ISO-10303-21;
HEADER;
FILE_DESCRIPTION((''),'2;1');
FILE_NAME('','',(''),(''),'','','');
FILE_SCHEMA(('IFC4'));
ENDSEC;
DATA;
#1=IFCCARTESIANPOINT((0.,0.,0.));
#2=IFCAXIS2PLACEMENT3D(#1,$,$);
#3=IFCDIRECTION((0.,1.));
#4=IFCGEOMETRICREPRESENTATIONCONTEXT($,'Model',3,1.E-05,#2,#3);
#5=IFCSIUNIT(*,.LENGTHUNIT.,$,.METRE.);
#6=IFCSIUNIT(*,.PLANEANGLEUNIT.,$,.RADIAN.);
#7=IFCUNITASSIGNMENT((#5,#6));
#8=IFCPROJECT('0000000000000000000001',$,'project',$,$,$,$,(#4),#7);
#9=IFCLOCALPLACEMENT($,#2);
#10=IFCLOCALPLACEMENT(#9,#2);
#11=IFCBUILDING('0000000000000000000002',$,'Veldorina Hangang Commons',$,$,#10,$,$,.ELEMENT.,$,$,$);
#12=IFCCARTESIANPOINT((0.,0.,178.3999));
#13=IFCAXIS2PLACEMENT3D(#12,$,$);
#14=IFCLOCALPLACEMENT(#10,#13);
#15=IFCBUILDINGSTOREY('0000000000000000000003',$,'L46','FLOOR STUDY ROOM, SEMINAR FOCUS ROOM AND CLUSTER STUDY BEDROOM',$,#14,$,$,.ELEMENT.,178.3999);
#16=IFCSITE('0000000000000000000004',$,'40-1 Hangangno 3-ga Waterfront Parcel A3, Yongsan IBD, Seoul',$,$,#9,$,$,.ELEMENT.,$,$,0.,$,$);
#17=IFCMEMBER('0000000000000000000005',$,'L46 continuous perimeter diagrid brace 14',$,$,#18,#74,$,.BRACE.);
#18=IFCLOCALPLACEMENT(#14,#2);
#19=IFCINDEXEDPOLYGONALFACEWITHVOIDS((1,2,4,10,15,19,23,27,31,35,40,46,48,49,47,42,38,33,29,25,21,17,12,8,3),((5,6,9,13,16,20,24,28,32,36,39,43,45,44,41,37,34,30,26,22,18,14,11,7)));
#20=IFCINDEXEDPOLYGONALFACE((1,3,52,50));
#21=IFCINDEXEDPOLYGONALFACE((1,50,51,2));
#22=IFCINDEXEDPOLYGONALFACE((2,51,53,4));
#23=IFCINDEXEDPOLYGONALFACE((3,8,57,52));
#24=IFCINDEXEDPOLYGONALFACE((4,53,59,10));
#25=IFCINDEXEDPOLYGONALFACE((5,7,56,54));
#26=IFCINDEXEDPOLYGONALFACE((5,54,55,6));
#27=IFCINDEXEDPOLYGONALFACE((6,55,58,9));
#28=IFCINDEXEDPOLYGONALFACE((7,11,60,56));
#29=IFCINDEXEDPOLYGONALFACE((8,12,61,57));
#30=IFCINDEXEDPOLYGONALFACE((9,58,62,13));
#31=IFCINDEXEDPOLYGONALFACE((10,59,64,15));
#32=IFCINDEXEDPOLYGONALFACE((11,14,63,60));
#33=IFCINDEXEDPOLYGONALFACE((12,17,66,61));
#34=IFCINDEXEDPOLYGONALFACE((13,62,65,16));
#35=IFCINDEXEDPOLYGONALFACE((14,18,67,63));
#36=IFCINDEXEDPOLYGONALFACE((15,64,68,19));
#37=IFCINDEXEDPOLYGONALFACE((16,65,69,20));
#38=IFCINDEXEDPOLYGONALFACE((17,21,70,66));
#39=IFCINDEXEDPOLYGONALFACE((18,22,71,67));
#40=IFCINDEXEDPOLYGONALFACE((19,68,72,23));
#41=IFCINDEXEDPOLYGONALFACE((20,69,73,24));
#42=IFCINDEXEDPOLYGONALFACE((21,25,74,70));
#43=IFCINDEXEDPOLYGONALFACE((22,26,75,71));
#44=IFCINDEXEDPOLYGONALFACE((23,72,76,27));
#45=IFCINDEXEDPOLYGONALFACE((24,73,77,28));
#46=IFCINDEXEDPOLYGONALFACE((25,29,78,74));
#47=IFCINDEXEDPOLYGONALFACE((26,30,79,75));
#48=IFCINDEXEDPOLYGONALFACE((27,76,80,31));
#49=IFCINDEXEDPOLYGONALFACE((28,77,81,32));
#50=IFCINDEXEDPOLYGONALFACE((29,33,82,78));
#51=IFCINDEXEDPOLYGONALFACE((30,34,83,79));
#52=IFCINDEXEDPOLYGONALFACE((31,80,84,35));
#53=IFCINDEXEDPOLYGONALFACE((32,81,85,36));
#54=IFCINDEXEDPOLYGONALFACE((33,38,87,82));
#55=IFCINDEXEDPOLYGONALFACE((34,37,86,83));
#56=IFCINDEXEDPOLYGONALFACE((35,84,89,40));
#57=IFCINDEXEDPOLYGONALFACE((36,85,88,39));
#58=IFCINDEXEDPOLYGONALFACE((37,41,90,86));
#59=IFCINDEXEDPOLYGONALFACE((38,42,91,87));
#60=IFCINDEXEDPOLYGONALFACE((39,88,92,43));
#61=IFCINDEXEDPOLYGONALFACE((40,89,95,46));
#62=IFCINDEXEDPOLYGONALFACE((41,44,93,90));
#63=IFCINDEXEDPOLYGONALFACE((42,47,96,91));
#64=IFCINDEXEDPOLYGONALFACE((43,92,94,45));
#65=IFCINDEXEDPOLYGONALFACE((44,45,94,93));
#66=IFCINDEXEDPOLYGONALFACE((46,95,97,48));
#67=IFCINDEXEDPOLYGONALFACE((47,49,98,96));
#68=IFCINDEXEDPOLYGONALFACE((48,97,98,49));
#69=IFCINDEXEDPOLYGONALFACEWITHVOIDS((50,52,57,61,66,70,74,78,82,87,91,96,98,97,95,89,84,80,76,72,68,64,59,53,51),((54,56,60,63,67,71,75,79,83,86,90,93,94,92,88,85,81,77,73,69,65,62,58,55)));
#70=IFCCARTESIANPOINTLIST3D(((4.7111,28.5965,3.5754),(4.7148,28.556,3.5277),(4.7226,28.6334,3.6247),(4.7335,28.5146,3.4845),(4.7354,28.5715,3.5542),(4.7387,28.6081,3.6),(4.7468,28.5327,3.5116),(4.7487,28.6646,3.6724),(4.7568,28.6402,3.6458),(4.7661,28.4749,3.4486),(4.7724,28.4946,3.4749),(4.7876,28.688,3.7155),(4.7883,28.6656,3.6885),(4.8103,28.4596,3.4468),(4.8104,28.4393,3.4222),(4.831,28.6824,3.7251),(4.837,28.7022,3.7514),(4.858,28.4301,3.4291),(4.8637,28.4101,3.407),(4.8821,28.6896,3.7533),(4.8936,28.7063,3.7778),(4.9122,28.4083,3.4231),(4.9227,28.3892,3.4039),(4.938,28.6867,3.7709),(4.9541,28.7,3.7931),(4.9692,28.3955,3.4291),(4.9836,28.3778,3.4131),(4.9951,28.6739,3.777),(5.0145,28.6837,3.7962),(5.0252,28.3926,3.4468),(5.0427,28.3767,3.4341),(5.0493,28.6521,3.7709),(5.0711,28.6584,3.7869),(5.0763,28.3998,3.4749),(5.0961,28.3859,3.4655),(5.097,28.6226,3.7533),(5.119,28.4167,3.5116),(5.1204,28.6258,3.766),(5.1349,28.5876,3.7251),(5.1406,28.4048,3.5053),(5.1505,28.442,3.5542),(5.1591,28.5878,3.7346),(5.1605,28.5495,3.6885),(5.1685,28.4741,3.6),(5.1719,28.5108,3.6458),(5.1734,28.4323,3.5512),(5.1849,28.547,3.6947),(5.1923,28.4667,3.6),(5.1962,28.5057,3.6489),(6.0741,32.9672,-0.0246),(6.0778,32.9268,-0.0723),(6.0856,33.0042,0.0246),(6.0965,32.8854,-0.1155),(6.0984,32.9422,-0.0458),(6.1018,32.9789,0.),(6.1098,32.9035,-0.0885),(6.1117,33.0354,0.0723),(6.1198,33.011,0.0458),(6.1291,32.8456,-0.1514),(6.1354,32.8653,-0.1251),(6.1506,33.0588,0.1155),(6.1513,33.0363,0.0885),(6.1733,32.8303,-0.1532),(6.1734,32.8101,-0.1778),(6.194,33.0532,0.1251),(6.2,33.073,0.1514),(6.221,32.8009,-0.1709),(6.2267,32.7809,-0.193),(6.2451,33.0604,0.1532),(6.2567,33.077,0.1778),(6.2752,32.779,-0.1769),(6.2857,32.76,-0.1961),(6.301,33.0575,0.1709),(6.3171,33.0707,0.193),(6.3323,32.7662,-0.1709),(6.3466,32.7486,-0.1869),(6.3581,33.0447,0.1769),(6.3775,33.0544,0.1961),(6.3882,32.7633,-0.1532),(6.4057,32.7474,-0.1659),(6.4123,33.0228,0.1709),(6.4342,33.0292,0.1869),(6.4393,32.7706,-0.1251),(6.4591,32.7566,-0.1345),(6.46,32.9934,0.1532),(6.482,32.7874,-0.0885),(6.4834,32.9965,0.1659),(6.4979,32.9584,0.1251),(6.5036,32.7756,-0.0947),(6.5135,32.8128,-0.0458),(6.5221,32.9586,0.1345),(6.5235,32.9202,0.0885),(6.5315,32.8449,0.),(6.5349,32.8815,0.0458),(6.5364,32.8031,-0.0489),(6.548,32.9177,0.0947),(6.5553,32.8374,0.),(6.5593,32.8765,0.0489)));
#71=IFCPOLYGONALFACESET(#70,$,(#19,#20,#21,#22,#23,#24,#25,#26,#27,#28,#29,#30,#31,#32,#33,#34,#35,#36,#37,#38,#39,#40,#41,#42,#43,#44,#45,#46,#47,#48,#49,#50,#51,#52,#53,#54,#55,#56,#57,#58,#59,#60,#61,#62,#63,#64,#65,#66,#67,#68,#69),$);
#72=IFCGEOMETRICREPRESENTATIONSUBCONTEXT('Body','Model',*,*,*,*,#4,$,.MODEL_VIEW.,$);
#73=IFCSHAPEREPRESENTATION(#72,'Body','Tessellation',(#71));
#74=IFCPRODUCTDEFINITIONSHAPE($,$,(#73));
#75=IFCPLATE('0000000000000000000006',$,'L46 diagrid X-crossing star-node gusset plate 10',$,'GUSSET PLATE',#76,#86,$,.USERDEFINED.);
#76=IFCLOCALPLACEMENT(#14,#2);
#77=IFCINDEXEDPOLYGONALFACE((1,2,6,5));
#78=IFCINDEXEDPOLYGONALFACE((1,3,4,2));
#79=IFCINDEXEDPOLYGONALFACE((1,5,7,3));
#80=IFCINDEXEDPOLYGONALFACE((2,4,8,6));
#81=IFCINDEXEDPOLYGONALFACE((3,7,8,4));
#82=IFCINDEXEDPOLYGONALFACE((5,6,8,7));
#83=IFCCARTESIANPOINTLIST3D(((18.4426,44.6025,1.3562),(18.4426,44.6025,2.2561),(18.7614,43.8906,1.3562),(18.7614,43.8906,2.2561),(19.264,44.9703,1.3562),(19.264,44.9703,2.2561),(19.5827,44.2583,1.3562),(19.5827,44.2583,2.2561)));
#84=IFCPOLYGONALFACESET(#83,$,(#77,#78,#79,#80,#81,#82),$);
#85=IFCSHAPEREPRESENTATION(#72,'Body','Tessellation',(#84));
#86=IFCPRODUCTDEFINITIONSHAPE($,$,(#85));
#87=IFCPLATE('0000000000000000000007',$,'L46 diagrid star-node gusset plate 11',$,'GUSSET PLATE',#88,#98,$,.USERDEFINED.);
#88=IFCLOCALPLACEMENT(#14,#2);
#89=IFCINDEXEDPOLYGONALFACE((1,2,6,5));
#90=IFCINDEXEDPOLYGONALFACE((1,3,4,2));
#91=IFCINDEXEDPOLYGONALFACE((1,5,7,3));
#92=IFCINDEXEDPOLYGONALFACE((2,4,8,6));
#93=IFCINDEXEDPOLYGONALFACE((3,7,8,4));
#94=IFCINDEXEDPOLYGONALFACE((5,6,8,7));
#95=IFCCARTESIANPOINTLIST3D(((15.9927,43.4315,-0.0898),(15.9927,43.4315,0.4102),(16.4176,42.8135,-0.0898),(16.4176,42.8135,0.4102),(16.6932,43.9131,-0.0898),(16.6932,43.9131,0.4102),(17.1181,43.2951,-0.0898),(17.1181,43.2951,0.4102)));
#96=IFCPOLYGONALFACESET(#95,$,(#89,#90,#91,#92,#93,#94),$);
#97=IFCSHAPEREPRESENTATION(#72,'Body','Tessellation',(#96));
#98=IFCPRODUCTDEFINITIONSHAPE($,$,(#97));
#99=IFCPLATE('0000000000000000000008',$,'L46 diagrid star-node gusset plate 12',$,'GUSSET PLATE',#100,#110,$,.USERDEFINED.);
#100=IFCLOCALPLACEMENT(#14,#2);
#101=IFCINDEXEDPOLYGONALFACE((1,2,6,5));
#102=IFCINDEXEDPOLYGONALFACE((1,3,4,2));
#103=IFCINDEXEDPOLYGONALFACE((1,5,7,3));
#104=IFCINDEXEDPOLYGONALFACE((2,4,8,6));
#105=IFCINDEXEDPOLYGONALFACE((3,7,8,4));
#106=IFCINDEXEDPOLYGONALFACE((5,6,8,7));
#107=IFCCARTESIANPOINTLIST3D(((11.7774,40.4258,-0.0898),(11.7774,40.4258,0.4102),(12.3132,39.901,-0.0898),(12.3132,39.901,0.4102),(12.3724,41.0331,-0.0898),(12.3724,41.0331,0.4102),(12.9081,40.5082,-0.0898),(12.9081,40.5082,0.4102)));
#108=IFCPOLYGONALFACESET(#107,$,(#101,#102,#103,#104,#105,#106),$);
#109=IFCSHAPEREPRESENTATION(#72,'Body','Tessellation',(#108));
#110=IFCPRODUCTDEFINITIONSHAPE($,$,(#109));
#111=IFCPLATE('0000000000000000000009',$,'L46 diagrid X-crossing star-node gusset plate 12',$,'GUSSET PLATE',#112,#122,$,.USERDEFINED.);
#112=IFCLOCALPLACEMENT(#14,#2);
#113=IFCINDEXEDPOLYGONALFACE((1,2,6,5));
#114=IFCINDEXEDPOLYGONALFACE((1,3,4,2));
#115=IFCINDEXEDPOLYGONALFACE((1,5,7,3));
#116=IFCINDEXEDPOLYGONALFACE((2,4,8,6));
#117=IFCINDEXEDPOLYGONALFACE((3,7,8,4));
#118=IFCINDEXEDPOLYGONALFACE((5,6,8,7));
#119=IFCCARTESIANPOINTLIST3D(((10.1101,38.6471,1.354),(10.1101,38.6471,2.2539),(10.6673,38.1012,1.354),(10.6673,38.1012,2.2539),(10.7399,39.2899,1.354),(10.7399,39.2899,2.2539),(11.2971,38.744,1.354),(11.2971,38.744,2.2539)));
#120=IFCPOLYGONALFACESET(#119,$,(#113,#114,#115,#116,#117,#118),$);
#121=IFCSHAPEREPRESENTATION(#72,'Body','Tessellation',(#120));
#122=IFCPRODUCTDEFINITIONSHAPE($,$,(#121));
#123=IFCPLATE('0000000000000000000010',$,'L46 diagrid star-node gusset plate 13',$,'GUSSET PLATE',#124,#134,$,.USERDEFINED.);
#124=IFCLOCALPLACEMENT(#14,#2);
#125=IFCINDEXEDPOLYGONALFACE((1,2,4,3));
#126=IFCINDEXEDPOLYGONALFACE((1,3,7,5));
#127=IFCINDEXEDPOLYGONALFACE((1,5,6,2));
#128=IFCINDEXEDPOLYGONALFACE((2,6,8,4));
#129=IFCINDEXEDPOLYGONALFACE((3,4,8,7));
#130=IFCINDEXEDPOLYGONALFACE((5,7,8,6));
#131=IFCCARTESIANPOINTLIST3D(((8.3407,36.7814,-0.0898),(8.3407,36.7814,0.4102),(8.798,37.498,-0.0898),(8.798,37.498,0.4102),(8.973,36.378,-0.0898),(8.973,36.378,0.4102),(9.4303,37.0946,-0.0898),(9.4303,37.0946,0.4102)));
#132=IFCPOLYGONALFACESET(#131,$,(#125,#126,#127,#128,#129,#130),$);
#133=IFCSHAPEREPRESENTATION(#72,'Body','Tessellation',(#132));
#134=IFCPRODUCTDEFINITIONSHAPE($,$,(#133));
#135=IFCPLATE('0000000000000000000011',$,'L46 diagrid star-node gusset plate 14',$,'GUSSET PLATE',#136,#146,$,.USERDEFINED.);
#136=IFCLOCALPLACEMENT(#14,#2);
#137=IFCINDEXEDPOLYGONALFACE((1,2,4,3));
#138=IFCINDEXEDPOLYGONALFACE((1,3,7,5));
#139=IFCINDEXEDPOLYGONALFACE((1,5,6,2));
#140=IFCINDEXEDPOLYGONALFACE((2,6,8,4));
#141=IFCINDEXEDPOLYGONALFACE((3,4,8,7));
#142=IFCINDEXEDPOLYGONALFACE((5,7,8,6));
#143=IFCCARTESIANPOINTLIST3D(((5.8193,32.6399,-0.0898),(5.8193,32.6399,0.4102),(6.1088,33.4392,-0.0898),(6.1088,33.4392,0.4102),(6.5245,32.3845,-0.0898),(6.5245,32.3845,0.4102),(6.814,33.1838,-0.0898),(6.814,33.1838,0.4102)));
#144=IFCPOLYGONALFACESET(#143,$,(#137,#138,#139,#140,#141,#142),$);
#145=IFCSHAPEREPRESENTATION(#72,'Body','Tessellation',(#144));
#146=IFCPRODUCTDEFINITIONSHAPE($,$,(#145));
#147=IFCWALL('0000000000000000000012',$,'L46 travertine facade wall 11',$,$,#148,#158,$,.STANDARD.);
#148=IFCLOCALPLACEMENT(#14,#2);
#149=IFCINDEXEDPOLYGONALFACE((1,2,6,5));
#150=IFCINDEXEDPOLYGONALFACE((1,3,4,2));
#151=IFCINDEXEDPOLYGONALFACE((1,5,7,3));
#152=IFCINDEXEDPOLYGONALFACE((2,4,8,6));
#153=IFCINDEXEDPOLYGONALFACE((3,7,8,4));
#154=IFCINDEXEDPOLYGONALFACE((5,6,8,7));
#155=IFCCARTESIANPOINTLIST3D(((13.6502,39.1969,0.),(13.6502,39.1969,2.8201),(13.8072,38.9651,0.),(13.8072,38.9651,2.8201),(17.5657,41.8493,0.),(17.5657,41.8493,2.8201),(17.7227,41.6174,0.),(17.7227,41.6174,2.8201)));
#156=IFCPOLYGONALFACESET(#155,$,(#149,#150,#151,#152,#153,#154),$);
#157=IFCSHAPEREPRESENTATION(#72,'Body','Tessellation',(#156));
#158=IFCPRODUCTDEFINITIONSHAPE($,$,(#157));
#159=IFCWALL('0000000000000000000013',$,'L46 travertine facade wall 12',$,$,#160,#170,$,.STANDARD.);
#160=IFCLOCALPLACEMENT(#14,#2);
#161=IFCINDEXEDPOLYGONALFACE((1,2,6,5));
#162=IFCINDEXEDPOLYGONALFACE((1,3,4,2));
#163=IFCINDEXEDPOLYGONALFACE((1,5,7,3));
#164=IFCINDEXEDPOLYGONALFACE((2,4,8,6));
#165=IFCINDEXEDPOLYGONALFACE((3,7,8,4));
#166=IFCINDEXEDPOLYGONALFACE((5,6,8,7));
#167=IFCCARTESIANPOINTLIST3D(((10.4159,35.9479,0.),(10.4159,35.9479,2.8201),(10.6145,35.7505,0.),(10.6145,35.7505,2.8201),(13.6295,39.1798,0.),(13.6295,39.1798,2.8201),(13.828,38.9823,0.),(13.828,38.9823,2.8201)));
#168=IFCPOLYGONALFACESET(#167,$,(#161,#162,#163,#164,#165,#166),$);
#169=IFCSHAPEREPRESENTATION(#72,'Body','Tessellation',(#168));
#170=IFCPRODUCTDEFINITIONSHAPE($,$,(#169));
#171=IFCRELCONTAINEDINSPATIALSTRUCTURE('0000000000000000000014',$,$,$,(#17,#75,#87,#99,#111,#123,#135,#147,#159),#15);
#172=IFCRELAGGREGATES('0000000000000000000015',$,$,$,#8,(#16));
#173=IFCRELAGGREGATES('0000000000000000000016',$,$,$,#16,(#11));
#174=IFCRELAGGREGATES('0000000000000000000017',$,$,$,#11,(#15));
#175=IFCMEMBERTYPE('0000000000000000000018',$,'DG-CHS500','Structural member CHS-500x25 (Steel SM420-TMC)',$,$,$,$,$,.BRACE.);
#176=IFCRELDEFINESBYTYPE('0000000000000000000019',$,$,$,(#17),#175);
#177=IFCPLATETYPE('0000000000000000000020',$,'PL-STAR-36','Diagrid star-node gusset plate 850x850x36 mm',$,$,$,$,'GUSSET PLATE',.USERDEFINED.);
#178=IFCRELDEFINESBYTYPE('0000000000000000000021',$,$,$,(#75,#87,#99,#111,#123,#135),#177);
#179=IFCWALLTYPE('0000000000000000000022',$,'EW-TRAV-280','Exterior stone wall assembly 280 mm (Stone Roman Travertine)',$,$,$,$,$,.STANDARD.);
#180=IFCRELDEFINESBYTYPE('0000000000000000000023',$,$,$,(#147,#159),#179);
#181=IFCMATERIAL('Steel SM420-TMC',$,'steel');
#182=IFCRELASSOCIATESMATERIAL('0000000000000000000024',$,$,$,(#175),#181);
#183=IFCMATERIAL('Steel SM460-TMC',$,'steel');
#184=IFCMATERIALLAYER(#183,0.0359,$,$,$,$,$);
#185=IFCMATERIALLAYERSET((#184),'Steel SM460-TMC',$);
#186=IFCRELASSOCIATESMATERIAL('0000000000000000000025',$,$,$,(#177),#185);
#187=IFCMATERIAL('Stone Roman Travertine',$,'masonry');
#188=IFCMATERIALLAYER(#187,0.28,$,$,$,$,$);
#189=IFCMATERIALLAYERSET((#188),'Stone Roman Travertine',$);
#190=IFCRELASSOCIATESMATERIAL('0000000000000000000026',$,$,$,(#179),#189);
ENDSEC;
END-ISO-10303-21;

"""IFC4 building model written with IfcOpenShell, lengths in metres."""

from ifc_helpers import new_model, si_unit, direction, frame, frame_2d, origin, origin_2d, place, context, subcontext, project, spatial, rectangle, hollow_circle, extrude, material, layer, layer_set, material_profile, profile_set, type_object, element, save


model = new_model("IFC4")

# Units and contexts
model_context = context("Model", 3, precision=1e-05, world=origin(), true_north=direction((0.0, 1.0)))
body_context = subcontext(model_context, "Body", "Model", "MODEL_VIEW")
ifc_project = project(units=[si_unit("LENGTHUNIT", "METRE"), si_unit("PLANEANGLEUNIT", "RADIAN")], contexts=[model_context])

# Site, building, storey
site_placement = place(None, origin())
site = spatial("IfcSite", under=ifc_project, at=site_placement, Name="40-1 Hangangno 3-ga Waterfront Parcel A3, Yongsan IBD, Seoul", CompositionType="ELEMENT", RefElevation=0.0)
building_placement = place(site_placement, origin())
building = spatial("IfcBuilding", under=site, at=building_placement, Name="Veldorina Hangang Commons", CompositionType="ELEMENT")
storey_placement = place(building_placement, frame((0.0, 0.0, 178.3999)))
storey = spatial("IfcBuildingStorey", under=building, at=storey_placement, Name="L46", Description="FLOOR STUDY ROOM, SEMINAR FOCUS ROOM AND CLUSTER STUDY BEDROOM", CompositionType="ELEMENT", Elevation=178.3999)

# Shared definitions
ifc_material_1 = material(Name="Steel SM420-TMC", Category="steel")

# Member
ifc_material_profile_1 = material_profile(ifc_material_1, hollow_circle(Radius=0.25, WallThickness=0.0249, at=origin_2d()), Name="CHS-500x25")
ifc_profile_set_1 = profile_set([ifc_material_profile_1], Name="Steel SM420-TMC")
member_type = type_object("IfcMemberType", Name="DG-CHS500", Description="Structural member CHS-500x25 (Steel SM420-TMC)", PredefinedType="BRACE", material=ifc_profile_set_1)
member_1_placement = place(storey_placement, frame((6.3167, 32.9119, 0.0), z_axis=(-0.234024, -0.750446, 0.618113), x_axis=(0.954657, -0.297707, 0.0)))
element("IfcMember", 1, at=member_1_placement, inside=storey, type_object=member_type, Name="L46 continuous perimeter diagrid brace 14", PredefinedType="BRACE", context=body_context, shape_type="SweptSolid", body=[
    extrude(hollow_circle(Radius=0.25, WallThickness=0.0249, at=origin_2d()), origin(), (0.0, 0.0, 1.0), 5.8242),
])

# Plates
ifc_material_2 = material(Name="Steel SM460-TMC", Category="steel")
ifc_layer_1 = layer(ifc_material_2, 0.0359)
ifc_layer_set_1 = layer_set([ifc_layer_1], Name="Steel SM460-TMC")
plate_type = type_object("IfcPlateType", Name="PL-STAR-36", Description="Diagrid star-node gusset plate 850x850x36 mm", ElementType="GUSSET PLATE", PredefinedType="USERDEFINED", material=ifc_layer_set_1)
plate_1_placement = place(storey_placement, frame((19.0127, 44.4304, 1.3562), z_axis=(0.0, 0.0, 1.0), x_axis=(-0.912684, -0.408665, 0.0)))
element("IfcPlate", 2, at=plate_1_placement, inside=storey, type_object=plate_type, Name="L46 diagrid X-crossing star-node gusset plate 10", ObjectType="GUSSET PLATE", PredefinedType="USERDEFINED", context=body_context, shape_type="SweptSolid", body=[
    extrude(rectangle(XDim=0.8999, YDim=0.78, at=origin_2d()), origin(), (0.0, 0.0, 1.0), 0.8999),
])
for number, where, z_axis, x_axis, name in (
    (3, (16.5554, 43.3633, -0.0898), (0.0, 0.0, 1.0), (-0.824037, -0.566536, 0.0), "L46 diagrid star-node gusset plate 11"),
    (4, (12.3428, 40.467, -0.0898), (0.0, 0.0, 1.0), (-0.699813, -0.714326, 0.0), "L46 diagrid star-node gusset plate 12"),
):
    element("IfcPlate", number, at=place(storey_placement, frame(where, z_axis=z_axis, x_axis=x_axis)), inside=storey, type_object=plate_type, Name=name, ObjectType="GUSSET PLATE", PredefinedType="USERDEFINED", context=body_context, shape_type="SweptSolid", body=[
        extrude(rectangle(XDim=0.8501, YDim=0.75, at=origin_2d()), origin(), (0.0, 0.0, 1.0), 0.5),
    ])
plate_2_placement = place(storey_placement, frame((10.7036, 38.6956, 1.354), z_axis=(0.0, 0.0, 1.0), x_axis=(-0.699813, -0.714326, 0.0)))
element("IfcPlate", 5, at=plate_2_placement, inside=storey, type_object=plate_type, Name="L46 diagrid X-crossing star-node gusset plate 12", ObjectType="GUSSET PLATE", PredefinedType="USERDEFINED", context=body_context, shape_type="SweptSolid", body=[
    extrude(rectangle(XDim=0.8999, YDim=0.78, at=origin_2d()), origin(), (0.0, 0.0, 1.0), 0.8999),
])
for number, where, z_axis, x_axis, name in (
    (6, (8.8855, 36.938, -0.0898), (0.0, 0.0, 1.0), (-0.537903, -0.843007, 0.0), "L46 diagrid star-node gusset plate 13"),
    (7, (6.3167, 32.9119, -0.0898), (0.0, 0.0, 1.0), (-0.340462, -0.940258, 0.0), "L46 diagrid star-node gusset plate 14"),
):
    element("IfcPlate", number, at=place(storey_placement, frame(where, z_axis=z_axis, x_axis=x_axis)), inside=storey, type_object=plate_type, Name=name, ObjectType="GUSSET PLATE", PredefinedType="USERDEFINED", context=body_context, shape_type="SweptSolid", body=[
        extrude(rectangle(XDim=0.8501, YDim=0.75, at=origin_2d()), origin(), (0.0, 0.0, 1.0), 0.5),
    ])

# Walls
ifc_material_3 = material(Name="Stone Roman Travertine", Category="masonry")
ifc_layer_2 = layer(ifc_material_3, 0.28)
ifc_layer_set_2 = layer_set([ifc_layer_2], Name="Stone Roman Travertine")
wall_type_1 = type_object("IfcWallType", Name="EW-TRAV-280", Description="Exterior stone wall assembly 280 mm (Stone Roman Travertine)", PredefinedType="STANDARD", material=ifc_layer_set_2)
wall_1_placement = place(storey_placement, frame((17.6443, 41.7334, 0.0), z_axis=(0.0, 0.0, 1.0), x_axis=(-0.82793, -0.560832, 0.0)))
element("IfcWall", 8, at=wall_1_placement, inside=storey, type_object=wall_type_1, Name="L46 travertine facade wall 11", PredefinedType="STANDARD", context=body_context, shape_type="SweptSolid", body=[
    extrude(rectangle(XDim=4.7292, YDim=0.28, at=frame_2d((2.3647, 0.0))), origin(), (0.0, 0.0, 1.0), 2.8201),
])
wall_2_placement = place(storey_placement, frame((13.7288, 39.0811, 0.0), z_axis=(0.0, 0.0, 1.0), x_axis=(-0.705095, -0.709113, 0.0)))
element("IfcWall", 9, at=wall_2_placement, inside=storey, type_object=wall_type_1, Name="L46 travertine facade wall 12", PredefinedType="STANDARD", context=body_context, shape_type="SweptSolid", body=[
    extrude(rectangle(XDim=4.5576, YDim=0.28, at=frame_2d((2.2788, 0.0))), origin(), (0.0, 0.0, 1.0), 2.8201),
])

save(model, "model.ifc")
